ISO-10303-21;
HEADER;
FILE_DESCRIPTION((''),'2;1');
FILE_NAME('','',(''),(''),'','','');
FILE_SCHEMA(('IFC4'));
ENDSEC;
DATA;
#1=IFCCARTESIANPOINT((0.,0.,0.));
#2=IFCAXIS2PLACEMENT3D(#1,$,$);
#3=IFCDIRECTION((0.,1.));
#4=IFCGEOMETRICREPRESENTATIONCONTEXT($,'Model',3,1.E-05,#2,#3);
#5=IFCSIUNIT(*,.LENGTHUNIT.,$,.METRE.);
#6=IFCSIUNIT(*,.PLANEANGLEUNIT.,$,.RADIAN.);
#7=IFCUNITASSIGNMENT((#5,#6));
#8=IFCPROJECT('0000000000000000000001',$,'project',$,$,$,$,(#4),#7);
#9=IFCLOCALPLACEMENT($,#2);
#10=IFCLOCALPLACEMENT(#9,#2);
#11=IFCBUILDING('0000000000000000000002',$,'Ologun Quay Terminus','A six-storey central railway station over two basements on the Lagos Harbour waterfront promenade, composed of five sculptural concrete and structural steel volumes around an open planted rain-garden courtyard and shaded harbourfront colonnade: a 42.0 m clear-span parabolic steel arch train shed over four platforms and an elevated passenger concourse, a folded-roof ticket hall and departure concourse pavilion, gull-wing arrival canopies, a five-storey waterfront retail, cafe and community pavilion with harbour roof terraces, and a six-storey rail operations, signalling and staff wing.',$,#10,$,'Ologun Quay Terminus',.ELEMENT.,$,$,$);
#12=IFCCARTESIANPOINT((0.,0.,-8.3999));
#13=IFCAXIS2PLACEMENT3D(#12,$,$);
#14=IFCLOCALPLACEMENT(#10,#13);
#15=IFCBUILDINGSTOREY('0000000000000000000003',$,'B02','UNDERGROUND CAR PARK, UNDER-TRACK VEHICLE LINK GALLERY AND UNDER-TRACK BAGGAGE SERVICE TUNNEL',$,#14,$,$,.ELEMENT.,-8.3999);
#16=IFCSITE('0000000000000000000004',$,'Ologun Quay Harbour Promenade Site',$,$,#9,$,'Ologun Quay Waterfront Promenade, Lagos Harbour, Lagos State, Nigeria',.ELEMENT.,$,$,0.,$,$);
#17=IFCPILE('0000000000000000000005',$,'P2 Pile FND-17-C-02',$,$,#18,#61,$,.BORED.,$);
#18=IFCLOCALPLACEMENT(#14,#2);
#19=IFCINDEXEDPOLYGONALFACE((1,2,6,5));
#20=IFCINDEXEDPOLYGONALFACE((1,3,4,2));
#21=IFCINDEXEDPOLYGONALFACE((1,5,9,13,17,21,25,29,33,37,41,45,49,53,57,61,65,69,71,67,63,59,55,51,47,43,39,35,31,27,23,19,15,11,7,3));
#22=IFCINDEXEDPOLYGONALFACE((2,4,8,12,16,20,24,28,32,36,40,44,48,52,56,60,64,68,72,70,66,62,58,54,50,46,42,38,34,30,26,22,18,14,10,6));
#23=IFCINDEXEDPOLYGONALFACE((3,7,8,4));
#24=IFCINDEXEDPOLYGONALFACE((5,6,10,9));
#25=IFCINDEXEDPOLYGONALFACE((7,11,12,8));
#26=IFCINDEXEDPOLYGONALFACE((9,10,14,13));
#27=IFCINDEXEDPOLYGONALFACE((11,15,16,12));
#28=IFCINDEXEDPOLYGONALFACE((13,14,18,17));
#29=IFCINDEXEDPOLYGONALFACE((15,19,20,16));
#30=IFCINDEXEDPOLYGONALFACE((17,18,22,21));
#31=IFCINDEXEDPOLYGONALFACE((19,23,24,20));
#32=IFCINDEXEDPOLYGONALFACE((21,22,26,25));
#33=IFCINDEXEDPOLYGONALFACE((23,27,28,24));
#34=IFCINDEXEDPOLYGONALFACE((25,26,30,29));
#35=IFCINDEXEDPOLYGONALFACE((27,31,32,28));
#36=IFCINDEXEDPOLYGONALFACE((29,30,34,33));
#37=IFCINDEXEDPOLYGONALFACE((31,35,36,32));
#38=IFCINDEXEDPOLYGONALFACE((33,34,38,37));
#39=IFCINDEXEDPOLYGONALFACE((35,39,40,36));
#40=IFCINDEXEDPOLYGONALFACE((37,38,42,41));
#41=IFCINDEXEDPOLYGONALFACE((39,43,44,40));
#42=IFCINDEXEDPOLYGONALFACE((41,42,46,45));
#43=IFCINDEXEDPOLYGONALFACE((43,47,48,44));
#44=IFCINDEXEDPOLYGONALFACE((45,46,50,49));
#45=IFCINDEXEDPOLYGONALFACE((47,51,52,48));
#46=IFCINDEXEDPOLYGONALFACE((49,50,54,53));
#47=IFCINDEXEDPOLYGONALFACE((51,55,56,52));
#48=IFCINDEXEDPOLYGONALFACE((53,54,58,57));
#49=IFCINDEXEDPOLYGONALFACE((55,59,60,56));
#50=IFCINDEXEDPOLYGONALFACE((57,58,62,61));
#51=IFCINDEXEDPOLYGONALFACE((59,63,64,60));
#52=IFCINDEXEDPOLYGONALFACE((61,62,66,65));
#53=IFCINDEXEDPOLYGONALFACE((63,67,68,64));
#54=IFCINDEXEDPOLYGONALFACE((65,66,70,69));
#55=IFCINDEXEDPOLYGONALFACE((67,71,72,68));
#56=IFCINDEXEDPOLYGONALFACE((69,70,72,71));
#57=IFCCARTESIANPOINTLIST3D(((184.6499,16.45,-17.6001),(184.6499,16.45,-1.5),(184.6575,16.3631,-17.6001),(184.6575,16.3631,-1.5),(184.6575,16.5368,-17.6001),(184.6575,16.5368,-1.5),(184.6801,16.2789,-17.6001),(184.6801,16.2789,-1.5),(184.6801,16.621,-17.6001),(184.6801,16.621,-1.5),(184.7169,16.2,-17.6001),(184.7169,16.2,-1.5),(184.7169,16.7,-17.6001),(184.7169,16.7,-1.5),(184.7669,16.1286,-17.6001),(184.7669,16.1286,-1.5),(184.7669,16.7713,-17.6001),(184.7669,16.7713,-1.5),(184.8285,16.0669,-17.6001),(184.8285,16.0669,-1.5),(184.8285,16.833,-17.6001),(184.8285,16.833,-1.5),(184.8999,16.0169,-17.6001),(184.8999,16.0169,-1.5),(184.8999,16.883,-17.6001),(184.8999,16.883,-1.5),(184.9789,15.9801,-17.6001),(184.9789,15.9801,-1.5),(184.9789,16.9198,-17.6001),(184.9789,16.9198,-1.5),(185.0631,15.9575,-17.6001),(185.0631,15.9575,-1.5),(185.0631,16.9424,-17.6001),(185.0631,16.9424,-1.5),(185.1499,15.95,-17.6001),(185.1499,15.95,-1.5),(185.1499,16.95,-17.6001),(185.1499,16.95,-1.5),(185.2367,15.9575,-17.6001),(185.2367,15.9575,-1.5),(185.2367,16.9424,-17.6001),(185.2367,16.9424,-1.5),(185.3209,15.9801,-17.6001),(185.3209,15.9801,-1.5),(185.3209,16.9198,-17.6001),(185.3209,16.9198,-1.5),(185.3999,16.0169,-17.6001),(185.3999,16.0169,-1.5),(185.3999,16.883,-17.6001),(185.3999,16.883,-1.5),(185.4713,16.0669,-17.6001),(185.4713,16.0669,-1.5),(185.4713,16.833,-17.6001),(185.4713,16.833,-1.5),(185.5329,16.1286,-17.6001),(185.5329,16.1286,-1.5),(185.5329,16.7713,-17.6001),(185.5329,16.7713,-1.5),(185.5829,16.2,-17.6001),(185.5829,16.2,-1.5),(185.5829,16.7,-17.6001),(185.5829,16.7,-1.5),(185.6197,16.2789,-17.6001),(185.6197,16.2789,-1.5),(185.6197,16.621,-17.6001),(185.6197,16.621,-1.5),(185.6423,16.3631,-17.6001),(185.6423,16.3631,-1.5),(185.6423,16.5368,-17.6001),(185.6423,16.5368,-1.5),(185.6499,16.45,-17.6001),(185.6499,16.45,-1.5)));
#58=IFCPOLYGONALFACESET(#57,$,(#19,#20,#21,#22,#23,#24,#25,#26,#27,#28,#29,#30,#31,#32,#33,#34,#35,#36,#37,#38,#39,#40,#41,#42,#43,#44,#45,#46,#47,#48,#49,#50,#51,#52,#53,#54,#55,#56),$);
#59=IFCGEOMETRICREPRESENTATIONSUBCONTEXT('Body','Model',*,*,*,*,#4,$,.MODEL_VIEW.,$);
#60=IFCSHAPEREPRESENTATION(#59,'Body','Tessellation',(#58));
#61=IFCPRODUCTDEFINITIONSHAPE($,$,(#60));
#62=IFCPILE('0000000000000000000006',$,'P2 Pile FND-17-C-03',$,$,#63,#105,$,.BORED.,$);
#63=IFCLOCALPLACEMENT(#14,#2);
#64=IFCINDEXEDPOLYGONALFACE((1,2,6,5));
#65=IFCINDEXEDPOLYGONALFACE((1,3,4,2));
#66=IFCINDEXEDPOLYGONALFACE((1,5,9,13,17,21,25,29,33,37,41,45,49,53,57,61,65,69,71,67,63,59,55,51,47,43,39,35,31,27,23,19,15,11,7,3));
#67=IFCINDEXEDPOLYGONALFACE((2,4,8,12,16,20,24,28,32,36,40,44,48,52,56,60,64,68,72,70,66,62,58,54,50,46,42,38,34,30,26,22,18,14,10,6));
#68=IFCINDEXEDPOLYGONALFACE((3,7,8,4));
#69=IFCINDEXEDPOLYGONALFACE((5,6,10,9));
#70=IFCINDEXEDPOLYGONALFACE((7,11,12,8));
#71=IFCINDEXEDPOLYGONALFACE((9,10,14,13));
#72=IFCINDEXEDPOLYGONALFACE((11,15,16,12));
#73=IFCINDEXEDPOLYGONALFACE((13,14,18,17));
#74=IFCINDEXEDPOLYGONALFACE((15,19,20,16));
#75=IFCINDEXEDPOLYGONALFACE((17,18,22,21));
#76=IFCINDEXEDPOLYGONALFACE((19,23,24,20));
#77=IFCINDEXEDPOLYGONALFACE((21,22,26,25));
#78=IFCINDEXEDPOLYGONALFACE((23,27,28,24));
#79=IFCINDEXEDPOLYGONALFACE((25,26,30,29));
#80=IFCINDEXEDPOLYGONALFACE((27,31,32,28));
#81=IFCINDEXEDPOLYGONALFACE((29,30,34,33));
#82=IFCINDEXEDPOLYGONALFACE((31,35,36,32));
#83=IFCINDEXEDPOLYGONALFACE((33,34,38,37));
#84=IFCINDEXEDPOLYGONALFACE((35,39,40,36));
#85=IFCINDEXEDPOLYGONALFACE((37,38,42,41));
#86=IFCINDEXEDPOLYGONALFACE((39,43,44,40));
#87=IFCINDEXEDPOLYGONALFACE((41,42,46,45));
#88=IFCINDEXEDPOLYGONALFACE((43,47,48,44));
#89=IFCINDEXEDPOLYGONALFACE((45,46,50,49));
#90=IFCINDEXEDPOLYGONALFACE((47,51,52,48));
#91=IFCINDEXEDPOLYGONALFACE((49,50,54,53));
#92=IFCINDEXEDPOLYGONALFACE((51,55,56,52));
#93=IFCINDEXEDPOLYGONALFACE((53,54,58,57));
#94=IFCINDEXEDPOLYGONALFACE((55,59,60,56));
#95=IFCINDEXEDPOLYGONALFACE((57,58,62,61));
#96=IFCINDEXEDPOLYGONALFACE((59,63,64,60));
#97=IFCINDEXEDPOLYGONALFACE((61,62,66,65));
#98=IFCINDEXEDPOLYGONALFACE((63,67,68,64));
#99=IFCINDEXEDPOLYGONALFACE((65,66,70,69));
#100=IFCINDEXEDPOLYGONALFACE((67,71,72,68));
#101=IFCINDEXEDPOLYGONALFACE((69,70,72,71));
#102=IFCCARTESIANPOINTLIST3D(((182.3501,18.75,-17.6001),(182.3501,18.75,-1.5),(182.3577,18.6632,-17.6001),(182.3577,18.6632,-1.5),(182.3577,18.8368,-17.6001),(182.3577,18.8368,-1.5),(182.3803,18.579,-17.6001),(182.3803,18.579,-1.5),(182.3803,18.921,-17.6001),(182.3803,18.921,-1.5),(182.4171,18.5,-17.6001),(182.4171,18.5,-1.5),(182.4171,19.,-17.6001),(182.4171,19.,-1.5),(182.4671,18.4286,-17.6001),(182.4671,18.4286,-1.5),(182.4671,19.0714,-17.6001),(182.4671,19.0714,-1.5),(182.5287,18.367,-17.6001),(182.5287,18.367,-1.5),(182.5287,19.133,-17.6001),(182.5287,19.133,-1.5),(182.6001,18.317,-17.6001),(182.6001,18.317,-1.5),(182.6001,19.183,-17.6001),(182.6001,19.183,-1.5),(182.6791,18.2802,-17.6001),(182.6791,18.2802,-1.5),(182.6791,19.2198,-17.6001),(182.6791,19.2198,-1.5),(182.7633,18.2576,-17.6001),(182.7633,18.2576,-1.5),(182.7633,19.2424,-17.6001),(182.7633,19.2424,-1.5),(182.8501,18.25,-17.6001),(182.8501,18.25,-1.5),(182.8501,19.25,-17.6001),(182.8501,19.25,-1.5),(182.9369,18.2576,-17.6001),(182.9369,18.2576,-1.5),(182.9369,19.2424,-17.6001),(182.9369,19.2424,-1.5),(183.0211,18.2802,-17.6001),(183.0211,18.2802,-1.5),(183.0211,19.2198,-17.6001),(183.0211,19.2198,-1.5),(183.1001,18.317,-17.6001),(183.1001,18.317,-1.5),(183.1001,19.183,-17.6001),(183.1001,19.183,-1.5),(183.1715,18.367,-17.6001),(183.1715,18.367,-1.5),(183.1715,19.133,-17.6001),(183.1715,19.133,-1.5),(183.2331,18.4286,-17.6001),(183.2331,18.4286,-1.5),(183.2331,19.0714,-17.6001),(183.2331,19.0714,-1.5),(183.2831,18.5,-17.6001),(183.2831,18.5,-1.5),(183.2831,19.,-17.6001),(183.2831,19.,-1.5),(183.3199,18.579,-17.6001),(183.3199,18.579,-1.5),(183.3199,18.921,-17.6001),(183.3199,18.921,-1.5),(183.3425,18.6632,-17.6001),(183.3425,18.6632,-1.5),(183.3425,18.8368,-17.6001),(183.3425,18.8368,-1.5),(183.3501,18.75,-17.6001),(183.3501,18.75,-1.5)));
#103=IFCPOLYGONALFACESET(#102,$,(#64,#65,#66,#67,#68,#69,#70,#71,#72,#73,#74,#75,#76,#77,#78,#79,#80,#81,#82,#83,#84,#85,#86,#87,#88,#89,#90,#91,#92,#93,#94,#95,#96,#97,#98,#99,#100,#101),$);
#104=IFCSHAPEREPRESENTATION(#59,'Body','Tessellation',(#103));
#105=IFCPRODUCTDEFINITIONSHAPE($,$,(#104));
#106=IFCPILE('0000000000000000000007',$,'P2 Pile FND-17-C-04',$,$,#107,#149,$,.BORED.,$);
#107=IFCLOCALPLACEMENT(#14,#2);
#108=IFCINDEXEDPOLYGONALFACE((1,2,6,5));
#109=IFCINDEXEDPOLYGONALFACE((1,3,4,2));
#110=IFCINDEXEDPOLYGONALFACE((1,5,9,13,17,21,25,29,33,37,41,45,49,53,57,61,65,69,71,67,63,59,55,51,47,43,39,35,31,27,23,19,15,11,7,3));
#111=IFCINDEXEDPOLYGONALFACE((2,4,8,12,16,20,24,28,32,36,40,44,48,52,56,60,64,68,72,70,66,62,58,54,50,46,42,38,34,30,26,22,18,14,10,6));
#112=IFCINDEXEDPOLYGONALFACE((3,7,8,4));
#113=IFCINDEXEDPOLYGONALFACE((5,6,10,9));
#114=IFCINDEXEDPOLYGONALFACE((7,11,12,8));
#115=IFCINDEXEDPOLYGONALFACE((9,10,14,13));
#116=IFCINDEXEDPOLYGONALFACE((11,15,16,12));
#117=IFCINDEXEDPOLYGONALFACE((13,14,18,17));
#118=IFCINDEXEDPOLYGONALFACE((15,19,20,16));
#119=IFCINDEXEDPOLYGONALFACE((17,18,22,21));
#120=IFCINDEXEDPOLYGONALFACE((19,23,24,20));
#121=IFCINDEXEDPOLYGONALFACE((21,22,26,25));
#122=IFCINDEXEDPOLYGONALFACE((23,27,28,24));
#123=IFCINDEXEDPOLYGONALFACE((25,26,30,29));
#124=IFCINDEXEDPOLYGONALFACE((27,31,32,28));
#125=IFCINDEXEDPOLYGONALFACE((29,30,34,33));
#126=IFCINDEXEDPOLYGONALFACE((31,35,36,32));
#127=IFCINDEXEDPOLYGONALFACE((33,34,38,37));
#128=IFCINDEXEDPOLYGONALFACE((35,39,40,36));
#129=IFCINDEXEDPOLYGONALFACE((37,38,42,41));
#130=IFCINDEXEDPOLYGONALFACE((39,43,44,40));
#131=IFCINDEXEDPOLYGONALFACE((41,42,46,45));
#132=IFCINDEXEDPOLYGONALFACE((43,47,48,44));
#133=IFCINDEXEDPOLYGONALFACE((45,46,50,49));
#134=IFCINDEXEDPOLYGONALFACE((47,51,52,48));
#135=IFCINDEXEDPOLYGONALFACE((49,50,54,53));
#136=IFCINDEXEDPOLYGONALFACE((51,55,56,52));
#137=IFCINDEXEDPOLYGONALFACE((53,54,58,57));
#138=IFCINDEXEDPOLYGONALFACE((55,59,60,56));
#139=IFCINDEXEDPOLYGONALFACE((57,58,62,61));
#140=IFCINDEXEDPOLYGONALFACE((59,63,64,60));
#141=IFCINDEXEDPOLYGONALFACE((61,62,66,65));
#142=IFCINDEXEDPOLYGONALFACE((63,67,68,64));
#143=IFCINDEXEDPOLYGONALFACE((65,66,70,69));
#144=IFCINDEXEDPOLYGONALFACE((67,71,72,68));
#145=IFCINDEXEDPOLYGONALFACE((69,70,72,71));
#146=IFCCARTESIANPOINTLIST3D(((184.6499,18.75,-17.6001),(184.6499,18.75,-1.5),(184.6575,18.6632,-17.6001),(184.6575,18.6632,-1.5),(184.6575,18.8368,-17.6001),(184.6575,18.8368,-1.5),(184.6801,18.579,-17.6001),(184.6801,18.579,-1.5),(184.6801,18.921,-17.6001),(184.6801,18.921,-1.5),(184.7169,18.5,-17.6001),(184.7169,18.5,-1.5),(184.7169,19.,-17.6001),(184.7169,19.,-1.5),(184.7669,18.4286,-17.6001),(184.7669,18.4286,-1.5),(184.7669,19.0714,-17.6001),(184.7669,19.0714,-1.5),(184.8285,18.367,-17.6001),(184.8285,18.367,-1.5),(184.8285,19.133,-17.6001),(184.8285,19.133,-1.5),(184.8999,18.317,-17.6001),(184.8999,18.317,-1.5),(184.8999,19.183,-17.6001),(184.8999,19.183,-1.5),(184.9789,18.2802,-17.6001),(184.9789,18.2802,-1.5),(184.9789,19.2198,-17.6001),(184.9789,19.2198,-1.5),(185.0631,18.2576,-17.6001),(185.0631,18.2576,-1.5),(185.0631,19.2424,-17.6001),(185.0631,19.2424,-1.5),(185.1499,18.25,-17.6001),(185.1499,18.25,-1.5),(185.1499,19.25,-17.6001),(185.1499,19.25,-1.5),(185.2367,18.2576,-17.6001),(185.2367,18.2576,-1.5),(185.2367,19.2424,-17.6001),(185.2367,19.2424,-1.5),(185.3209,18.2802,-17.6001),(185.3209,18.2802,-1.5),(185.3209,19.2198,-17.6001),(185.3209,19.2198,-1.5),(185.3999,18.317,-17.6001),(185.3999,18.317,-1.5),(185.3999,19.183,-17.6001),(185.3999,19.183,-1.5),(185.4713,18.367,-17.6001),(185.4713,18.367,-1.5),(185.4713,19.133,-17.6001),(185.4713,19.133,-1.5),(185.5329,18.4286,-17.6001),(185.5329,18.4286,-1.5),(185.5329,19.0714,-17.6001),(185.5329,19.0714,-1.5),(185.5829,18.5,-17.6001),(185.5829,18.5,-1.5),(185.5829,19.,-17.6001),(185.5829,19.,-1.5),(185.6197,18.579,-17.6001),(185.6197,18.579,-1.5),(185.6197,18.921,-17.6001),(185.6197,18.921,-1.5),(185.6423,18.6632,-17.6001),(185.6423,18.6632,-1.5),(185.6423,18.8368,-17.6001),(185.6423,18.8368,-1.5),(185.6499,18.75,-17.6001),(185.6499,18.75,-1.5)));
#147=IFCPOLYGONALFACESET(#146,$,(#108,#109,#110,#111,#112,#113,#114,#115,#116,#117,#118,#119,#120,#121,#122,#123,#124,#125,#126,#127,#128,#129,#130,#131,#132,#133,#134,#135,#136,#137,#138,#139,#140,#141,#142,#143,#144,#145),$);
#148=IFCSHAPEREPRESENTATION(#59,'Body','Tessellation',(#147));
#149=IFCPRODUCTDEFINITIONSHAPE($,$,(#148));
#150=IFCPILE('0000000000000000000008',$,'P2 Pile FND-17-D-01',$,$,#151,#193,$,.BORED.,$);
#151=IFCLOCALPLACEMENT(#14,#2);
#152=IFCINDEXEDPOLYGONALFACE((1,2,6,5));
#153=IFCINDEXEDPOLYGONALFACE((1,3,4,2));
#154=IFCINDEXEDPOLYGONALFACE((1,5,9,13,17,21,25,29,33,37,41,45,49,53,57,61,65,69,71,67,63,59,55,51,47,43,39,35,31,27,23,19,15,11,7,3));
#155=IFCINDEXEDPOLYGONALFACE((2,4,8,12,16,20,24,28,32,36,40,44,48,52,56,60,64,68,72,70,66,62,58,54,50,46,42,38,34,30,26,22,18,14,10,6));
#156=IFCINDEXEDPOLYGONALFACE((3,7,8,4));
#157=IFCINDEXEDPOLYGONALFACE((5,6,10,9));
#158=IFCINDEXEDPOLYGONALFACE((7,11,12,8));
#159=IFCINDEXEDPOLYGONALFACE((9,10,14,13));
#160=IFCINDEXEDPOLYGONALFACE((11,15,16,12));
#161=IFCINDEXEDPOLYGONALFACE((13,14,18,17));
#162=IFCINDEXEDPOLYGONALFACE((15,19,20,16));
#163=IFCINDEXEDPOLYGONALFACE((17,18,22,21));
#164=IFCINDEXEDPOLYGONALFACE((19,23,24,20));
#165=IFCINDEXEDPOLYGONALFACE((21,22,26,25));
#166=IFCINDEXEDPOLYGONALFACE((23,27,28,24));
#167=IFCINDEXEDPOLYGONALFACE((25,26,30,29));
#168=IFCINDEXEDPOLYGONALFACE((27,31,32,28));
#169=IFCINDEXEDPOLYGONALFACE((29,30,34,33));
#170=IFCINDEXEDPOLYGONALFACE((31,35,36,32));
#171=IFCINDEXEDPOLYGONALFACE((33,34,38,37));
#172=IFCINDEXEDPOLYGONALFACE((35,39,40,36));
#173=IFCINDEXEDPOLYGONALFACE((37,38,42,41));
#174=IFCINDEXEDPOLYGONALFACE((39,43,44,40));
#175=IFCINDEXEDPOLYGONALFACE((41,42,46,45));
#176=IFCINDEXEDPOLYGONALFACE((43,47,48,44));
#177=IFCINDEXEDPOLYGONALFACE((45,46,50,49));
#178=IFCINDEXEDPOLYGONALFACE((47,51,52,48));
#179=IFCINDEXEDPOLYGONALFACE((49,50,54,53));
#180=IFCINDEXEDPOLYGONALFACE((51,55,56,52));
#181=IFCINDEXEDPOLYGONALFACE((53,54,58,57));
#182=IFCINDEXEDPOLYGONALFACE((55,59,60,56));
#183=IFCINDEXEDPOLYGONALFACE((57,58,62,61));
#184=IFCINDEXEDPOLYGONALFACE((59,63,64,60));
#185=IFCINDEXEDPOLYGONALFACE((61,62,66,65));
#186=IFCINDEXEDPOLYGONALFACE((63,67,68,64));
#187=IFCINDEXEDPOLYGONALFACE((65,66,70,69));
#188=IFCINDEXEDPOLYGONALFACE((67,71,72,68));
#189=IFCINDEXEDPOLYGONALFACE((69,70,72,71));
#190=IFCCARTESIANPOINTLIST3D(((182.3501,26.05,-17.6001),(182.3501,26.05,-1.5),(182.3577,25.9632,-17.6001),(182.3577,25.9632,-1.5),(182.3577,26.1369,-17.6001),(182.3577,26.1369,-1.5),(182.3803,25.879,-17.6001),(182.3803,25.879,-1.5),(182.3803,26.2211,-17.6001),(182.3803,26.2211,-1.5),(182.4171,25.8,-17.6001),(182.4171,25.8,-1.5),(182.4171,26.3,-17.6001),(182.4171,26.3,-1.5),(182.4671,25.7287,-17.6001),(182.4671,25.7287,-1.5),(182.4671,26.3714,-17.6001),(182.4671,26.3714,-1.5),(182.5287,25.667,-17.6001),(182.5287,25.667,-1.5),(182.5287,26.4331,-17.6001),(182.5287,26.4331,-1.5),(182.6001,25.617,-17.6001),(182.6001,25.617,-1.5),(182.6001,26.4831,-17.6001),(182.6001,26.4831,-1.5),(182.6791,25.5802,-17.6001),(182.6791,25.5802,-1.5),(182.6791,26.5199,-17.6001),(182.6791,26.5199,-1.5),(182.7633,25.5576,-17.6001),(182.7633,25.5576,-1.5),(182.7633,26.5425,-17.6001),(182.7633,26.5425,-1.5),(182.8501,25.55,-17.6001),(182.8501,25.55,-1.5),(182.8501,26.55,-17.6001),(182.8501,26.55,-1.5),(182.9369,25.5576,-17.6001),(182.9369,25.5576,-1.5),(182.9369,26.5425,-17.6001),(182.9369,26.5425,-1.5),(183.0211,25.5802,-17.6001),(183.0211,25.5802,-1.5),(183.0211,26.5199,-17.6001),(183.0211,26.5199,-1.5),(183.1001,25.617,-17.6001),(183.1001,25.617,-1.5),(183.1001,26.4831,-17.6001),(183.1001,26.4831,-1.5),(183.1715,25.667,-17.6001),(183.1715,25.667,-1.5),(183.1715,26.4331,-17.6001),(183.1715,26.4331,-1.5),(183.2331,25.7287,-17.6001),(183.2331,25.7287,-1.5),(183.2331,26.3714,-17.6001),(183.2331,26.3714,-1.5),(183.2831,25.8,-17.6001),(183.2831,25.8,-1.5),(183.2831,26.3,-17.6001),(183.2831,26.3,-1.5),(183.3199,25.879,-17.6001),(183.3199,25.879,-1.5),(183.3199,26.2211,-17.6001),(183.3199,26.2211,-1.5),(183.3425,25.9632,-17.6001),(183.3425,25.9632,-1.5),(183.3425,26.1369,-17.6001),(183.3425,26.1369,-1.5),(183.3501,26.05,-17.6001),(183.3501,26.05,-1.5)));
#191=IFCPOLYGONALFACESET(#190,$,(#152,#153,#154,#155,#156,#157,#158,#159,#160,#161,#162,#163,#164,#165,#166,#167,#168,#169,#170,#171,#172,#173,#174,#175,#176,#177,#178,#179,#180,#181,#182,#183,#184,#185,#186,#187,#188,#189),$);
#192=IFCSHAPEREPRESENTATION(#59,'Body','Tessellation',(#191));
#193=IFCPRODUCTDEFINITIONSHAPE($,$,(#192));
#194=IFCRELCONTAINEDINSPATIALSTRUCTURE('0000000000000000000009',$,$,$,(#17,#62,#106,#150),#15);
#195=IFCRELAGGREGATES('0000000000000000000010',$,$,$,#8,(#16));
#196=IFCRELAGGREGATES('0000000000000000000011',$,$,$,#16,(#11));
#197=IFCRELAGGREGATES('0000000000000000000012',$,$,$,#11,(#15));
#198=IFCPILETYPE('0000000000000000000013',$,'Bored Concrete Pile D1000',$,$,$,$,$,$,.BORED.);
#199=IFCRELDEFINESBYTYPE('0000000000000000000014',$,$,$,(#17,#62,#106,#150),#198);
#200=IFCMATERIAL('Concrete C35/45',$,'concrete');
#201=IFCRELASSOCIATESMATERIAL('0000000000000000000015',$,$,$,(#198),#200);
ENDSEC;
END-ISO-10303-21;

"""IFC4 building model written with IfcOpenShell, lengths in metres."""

from ifc_helpers import new_model, si_unit, direction, frame, origin, origin_2d, place, context, subcontext, project, spatial, circle, extrude, material, material_profile, profile_set, type_object, element, save


model = new_model("IFC4")

# Units and contexts
model_context = context("Model", 3, precision=1e-05, world=origin(), true_north=direction((0.0, 1.0)))
body_context = subcontext(model_context, "Body", "Model", "MODEL_VIEW")
ifc_project = project(units=[si_unit("LENGTHUNIT", "METRE"), si_unit("PLANEANGLEUNIT", "RADIAN")], contexts=[model_context])

# Site, building, storey
site_placement = place(None, origin())
site = spatial("IfcSite", under=ifc_project, at=site_placement, Name="Ologun Quay Harbour Promenade Site", LongName="Ologun Quay Waterfront Promenade, Lagos Harbour, Lagos State, Nigeria", CompositionType="ELEMENT", RefElevation=0.0)
building_placement = place(site_placement, origin())
building = spatial("IfcBuilding", under=site, at=building_placement, Name="Ologun Quay Terminus", Description="A six-storey central railway station over two basements on the Lagos Harbour waterfront promenade, composed of five sculptural concrete and structural steel volumes around an open planted rain-garden courtyard and shaded harbourfront colonnade: a 42.0 m clear-span parabolic steel arch train shed over four platforms and an elevated passenger concourse, a folded-roof ticket hall and departure concourse pavilion, gull-wing arrival canopies, a five-storey waterfront retail, cafe and community pavilion with harbour roof terraces, and a six-storey rail operations, signalling and staff wing.", LongName="Ologun Quay Terminus", CompositionType="ELEMENT")
storey_placement = place(building_placement, frame((0.0, 0.0, -8.3999)))
storey = spatial("IfcBuildingStorey", under=building, at=storey_placement, Name="B02", Description="UNDERGROUND CAR PARK, UNDER-TRACK VEHICLE LINK GALLERY AND UNDER-TRACK BAGGAGE SERVICE TUNNEL", CompositionType="ELEMENT", Elevation=-8.3999)

# Piles
ifc_material_1 = material(Name="Concrete C35/45", Category="concrete")
ifc_material_profile_1 = material_profile(ifc_material_1, circle(Radius=0.5, at=origin_2d()), Name="PILE D1000")
ifc_profile_set_1 = profile_set([ifc_material_profile_1], Name="Concrete C35/45")
pile_type_1 = type_object("IfcPileType", Name="Bored Concrete Pile D1000", PredefinedType="BORED", material=ifc_profile_set_1)
for number, where, z_axis, x_axis, name in (
    (1, (185.1499, 16.45, -1.5), (0.0, 0.0, -1.0), (1.0, 0.0, 0.0), "P2 Pile FND-17-C-02"),
    (2, (182.8501, 18.75, -1.5), (0.0, 0.0, -1.0), (1.0, 0.0, 0.0), "P2 Pile FND-17-C-03"),
    (3, (185.1499, 18.75, -1.5), (0.0, 0.0, -1.0), (1.0, 0.0, 0.0), "P2 Pile FND-17-C-04"),
    (4, (182.8501, 26.05, -1.5), (0.0, 0.0, -1.0), (1.0, 0.0, 0.0), "P2 Pile FND-17-D-01"),
):
    element("IfcPile", number, at=place(storey_placement, frame(where, z_axis=z_axis, x_axis=x_axis)), inside=storey, type_object=pile_type_1, Name=name, PredefinedType="BORED", context=body_context, shape_type="SweptSolid", body=[
        extrude(circle(Radius=0.5, at=origin_2d()), origin(), (0.0, 0.0, 1.0), 16.1001),
    ])

save(model, "model.ifc")
